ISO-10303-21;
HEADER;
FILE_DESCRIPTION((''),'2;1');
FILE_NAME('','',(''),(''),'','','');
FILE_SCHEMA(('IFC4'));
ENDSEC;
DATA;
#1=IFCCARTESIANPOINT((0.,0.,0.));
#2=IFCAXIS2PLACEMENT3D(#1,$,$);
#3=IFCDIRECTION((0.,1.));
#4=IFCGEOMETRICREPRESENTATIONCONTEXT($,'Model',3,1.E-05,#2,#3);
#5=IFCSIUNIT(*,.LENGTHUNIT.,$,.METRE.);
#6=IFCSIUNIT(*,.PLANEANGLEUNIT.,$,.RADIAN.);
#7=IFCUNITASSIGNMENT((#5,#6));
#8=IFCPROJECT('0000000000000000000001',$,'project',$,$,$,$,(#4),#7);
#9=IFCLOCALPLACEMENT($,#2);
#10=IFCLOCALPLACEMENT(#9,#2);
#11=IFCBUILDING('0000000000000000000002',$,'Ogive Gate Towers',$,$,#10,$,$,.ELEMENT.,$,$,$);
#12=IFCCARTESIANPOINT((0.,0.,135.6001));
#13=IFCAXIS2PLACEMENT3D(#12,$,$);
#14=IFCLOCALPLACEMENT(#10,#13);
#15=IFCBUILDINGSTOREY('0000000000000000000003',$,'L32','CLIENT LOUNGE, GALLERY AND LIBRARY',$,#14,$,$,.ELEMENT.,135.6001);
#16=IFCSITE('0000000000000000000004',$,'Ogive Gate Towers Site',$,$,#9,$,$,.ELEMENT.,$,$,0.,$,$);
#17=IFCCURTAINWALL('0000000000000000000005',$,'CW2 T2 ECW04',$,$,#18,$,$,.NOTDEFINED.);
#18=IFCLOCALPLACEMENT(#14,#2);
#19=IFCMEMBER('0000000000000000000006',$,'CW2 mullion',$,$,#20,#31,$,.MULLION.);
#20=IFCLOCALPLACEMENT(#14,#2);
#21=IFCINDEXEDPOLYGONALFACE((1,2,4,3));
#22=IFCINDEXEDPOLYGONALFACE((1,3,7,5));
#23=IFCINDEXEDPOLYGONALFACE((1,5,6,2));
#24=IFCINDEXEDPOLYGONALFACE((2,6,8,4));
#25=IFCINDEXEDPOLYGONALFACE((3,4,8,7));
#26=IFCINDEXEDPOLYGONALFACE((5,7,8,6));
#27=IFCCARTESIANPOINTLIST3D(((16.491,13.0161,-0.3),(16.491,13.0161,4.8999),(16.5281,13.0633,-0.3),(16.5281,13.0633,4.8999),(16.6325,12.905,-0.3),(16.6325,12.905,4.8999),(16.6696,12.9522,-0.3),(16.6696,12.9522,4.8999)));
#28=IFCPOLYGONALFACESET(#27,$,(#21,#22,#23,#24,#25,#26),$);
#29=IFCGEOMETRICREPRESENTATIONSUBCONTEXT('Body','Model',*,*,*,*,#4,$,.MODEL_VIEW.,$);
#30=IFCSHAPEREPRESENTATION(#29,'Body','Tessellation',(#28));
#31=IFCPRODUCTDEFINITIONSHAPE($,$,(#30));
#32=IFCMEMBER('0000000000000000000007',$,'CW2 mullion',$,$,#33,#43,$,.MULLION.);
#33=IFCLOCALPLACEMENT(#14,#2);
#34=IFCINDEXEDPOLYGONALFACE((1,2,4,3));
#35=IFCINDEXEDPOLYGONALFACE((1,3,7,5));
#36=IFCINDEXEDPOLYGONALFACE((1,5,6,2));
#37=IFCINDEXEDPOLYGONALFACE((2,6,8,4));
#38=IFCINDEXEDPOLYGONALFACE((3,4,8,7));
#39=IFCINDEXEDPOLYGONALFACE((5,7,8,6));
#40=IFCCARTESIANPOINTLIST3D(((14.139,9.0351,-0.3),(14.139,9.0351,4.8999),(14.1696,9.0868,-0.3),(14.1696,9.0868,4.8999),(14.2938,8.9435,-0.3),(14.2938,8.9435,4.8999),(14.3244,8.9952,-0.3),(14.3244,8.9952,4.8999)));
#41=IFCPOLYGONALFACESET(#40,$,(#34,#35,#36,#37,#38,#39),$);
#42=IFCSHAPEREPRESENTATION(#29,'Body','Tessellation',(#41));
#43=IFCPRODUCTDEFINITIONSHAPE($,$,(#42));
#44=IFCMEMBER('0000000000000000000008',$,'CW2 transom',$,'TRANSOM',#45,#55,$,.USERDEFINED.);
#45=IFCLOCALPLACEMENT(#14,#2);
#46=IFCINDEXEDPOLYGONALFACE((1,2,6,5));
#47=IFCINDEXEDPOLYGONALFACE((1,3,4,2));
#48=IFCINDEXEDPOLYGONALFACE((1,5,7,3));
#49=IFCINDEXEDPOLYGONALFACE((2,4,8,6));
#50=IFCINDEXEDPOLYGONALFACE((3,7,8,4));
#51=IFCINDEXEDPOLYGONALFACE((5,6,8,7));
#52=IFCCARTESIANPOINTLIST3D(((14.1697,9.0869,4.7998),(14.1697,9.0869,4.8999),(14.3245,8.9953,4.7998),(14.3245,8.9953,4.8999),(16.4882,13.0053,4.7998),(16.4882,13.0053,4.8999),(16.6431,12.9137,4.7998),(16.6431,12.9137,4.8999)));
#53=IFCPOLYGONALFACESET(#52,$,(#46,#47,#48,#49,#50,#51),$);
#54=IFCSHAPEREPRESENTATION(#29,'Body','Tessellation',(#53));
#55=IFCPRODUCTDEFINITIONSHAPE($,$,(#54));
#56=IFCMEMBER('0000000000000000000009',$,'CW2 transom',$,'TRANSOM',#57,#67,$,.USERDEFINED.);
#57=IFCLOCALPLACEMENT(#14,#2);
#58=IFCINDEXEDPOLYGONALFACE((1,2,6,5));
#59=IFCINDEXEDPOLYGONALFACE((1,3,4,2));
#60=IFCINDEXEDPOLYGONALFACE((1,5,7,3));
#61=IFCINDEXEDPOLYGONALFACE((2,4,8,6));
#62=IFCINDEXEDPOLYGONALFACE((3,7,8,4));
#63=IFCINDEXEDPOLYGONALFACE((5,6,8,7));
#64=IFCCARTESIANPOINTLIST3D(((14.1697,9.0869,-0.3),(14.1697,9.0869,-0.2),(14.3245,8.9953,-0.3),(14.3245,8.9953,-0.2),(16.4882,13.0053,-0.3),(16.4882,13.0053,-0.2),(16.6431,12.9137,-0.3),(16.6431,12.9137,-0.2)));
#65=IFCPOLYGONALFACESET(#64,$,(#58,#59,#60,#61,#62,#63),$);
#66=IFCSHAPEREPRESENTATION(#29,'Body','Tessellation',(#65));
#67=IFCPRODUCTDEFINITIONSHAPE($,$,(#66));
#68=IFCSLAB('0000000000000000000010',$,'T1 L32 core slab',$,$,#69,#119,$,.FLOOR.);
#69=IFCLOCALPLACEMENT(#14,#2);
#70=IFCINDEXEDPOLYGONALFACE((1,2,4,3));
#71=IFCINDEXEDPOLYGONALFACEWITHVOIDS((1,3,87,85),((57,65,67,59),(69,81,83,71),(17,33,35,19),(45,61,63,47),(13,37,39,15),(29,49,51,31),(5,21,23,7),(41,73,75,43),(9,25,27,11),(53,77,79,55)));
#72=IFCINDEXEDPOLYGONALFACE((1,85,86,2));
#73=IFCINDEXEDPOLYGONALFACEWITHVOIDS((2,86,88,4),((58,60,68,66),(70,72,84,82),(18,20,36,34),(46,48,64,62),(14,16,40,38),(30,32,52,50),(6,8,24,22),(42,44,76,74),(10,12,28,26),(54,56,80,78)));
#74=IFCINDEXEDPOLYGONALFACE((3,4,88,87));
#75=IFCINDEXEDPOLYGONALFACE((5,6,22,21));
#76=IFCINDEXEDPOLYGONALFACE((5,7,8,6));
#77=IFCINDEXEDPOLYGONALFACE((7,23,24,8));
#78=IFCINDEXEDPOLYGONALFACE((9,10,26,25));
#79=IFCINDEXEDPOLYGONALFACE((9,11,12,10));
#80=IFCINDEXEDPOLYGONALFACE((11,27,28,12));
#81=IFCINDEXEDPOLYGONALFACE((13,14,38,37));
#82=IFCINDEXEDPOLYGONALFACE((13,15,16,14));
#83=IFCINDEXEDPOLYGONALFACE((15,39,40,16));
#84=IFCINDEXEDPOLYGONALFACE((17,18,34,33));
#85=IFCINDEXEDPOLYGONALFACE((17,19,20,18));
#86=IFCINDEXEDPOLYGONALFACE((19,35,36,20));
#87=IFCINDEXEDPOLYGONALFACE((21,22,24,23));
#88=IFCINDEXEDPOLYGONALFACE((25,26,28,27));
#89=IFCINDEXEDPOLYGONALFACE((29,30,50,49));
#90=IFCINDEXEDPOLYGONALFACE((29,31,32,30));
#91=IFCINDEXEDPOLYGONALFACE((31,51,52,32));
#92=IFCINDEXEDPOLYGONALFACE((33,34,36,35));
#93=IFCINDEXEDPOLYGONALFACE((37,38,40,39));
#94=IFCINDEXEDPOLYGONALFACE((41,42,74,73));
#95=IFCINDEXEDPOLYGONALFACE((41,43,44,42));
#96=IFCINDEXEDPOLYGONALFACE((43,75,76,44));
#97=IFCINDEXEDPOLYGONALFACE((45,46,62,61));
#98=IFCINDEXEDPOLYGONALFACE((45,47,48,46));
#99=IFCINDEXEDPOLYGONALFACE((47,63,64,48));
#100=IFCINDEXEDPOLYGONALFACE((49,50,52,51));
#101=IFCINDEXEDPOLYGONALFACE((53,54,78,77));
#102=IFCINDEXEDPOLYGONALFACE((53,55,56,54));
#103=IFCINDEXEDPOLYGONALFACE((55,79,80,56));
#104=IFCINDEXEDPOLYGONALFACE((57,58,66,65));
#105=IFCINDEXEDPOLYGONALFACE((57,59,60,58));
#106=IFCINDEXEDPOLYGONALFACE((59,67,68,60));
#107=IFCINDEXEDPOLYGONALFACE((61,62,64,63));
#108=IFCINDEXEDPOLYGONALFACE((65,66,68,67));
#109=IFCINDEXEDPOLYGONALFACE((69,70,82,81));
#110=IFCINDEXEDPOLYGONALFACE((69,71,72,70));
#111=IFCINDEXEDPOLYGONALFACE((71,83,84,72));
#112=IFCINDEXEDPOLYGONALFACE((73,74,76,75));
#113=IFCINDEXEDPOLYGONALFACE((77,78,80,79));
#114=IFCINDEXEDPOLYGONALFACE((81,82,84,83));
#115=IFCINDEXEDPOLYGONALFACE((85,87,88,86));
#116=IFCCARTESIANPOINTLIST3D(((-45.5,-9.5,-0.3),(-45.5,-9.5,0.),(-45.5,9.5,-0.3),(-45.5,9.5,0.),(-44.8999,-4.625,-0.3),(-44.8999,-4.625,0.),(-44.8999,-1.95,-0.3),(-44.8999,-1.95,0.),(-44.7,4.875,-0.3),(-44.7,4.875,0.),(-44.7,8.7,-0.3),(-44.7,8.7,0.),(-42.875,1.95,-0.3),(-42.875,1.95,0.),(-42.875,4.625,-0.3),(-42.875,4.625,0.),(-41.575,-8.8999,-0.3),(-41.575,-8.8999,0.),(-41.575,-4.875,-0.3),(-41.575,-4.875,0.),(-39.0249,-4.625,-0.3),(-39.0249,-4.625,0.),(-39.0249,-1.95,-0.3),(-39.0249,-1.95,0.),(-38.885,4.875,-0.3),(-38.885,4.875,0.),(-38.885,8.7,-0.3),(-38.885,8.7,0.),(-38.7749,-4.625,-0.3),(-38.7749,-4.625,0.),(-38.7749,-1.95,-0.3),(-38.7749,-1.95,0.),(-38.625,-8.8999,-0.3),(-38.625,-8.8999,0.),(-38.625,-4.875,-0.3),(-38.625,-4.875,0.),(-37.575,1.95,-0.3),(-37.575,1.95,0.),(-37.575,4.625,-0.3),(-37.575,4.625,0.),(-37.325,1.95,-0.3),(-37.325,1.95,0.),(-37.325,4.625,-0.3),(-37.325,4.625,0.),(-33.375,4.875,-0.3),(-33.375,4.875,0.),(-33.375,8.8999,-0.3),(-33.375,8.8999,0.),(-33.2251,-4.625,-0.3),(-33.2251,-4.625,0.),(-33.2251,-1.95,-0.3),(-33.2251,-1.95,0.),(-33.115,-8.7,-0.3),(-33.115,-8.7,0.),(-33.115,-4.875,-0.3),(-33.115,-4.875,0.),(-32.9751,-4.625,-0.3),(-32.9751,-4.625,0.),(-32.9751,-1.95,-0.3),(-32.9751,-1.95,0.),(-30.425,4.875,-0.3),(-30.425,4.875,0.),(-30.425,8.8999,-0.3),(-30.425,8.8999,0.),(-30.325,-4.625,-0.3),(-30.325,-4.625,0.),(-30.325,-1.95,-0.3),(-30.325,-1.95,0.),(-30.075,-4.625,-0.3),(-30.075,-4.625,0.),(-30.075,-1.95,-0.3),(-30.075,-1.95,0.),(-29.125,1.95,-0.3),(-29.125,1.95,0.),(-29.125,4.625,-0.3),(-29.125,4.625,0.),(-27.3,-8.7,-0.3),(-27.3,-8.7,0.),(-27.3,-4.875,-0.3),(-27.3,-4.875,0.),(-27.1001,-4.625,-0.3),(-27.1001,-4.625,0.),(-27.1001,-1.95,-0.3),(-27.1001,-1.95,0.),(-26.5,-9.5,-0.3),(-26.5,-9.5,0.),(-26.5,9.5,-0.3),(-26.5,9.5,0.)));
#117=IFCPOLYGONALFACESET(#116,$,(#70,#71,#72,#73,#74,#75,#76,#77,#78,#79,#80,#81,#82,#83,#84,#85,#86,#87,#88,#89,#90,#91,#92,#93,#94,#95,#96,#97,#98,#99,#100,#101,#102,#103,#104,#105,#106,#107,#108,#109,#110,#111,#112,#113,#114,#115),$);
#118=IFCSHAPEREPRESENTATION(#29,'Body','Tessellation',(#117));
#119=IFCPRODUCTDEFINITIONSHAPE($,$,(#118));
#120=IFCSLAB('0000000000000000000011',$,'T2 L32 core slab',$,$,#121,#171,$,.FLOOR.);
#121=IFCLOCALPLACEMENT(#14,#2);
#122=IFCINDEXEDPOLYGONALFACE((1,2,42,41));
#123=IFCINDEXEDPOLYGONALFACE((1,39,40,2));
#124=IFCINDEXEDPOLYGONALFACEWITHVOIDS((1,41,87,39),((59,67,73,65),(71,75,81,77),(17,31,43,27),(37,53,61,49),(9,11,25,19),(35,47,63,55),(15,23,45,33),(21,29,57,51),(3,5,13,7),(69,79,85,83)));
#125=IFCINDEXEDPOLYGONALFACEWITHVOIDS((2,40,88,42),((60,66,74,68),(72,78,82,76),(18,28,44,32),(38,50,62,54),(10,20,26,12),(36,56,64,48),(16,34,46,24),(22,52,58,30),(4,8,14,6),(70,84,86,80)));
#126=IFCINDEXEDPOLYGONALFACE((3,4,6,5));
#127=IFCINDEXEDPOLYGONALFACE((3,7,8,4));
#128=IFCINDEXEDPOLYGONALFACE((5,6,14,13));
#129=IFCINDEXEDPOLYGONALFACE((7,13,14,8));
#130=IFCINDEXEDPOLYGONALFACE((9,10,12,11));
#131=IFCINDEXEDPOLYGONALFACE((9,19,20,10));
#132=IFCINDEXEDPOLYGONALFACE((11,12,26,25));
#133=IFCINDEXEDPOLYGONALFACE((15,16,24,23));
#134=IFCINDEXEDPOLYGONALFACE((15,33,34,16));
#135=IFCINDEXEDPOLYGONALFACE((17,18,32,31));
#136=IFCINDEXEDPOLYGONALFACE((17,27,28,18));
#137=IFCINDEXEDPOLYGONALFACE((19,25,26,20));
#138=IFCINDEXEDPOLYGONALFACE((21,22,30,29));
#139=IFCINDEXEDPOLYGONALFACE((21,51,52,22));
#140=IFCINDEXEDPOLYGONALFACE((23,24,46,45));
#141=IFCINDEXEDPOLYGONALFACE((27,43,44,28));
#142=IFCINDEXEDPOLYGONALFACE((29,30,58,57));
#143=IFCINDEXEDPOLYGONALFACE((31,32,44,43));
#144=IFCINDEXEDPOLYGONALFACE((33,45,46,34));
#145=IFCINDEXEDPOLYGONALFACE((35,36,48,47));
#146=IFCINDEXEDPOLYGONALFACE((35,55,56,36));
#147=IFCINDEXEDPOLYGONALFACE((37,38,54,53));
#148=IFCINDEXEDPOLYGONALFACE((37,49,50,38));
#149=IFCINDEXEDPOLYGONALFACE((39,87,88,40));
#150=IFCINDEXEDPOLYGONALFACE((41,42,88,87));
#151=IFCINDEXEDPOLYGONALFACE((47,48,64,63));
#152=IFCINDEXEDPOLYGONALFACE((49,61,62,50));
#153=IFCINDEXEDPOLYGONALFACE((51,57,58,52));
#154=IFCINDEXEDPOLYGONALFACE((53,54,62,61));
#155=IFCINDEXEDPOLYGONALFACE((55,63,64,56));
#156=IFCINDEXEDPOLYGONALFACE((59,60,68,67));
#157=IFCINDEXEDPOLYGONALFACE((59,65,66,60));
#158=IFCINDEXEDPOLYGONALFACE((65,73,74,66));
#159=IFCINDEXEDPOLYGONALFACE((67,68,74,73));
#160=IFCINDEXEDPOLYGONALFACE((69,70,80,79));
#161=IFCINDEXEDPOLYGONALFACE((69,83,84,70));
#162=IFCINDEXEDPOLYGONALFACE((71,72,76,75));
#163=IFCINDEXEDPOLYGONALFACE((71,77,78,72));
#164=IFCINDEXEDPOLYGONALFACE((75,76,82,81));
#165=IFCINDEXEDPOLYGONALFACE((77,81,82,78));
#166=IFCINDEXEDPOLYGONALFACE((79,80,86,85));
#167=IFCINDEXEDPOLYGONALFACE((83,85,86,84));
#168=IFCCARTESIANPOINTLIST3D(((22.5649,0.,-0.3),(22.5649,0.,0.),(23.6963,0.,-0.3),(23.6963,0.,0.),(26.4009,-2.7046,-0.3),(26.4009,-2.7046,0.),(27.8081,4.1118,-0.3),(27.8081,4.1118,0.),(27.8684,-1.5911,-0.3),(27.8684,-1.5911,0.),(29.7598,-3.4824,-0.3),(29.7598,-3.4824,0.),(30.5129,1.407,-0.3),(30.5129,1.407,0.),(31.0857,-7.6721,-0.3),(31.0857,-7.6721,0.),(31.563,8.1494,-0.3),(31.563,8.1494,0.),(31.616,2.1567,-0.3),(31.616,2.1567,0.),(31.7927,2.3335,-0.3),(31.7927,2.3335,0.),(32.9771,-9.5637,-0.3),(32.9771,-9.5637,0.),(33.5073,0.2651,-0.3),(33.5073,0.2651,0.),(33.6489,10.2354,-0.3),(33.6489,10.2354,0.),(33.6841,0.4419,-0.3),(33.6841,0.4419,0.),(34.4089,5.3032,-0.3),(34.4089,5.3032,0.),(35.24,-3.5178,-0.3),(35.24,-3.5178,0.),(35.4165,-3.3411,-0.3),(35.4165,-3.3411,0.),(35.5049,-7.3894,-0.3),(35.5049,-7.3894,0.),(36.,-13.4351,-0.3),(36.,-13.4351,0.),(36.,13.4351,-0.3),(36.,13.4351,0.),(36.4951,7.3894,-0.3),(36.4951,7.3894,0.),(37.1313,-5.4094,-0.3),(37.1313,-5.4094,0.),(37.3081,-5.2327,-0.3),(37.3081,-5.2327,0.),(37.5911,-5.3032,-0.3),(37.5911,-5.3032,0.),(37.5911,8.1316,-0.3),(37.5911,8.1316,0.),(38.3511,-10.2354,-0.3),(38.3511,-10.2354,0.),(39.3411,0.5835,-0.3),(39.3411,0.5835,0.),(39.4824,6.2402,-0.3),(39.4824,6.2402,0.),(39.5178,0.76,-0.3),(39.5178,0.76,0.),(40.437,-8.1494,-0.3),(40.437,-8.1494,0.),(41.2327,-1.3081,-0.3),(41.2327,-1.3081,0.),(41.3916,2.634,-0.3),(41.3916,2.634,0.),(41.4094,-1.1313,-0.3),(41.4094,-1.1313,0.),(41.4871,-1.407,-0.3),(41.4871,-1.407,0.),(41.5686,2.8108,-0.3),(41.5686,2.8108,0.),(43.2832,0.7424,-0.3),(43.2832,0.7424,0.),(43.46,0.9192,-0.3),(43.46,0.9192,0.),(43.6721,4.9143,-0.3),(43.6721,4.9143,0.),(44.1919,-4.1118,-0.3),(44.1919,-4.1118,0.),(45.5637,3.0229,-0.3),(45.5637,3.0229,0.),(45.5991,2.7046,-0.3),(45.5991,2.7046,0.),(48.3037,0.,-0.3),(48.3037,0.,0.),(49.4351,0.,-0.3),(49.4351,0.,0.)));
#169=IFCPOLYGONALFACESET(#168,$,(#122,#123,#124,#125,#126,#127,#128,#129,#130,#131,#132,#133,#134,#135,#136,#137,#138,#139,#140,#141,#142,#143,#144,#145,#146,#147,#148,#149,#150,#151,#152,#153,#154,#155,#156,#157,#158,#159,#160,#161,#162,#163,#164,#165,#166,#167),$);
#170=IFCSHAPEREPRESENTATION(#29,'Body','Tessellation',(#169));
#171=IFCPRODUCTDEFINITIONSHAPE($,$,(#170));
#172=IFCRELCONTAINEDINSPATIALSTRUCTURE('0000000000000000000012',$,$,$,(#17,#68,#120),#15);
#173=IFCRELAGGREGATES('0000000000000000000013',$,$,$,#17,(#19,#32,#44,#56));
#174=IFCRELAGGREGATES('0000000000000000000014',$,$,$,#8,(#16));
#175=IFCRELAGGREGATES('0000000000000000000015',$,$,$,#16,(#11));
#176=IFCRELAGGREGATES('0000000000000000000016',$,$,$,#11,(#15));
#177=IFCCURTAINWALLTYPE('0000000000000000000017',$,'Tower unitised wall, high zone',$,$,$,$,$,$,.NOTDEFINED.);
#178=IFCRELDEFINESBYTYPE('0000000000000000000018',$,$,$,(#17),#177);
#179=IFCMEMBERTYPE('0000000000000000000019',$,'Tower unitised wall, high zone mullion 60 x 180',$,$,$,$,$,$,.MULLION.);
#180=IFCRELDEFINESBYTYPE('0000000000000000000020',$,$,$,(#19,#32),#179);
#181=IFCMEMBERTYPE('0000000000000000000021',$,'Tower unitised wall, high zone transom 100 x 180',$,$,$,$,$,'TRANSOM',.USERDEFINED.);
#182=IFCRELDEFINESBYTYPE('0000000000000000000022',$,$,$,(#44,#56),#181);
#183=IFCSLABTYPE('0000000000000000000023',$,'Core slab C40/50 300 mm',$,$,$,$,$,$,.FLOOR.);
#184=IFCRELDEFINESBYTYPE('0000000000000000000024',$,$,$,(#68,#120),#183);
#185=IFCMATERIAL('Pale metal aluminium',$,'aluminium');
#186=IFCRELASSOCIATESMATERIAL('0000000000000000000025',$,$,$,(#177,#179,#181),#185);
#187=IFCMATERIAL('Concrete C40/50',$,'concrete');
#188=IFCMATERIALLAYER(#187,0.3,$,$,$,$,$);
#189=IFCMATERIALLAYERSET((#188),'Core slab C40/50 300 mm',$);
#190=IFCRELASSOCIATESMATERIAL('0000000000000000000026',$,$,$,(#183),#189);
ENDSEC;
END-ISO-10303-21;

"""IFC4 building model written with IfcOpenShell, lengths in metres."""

from ifc_helpers import new_model, si_unit, direction, frame, origin, origin_2d, place, context, subcontext, project, spatial, polyline, rectangle, outline, extrude, material, layer, layer_set, material_profile, profile_set, type_object, element, aggregate, save


model = new_model("IFC4")

# Units and contexts
model_context = context("Model", 3, precision=1e-05, world=origin(), true_north=direction((0.0, 1.0)))
body_context = subcontext(model_context, "Body", "Model", "MODEL_VIEW")
ifc_project = project(units=[si_unit("LENGTHUNIT", "METRE"), si_unit("PLANEANGLEUNIT", "RADIAN")], contexts=[model_context])

# Site, building, storey
site_placement = place(None, origin())
site = spatial("IfcSite", under=ifc_project, at=site_placement, Name="Ogive Gate Towers Site", CompositionType="ELEMENT", RefElevation=0.0)
building_placement = place(site_placement, origin())
building = spatial("IfcBuilding", under=site, at=building_placement, Name="Ogive Gate Towers", CompositionType="ELEMENT")
storey_placement = place(building_placement, frame((0.0, 0.0, 135.6001)))
storey = spatial("IfcBuildingStorey", under=building, at=storey_placement, Name="L32", Description="CLIENT LOUNGE, GALLERY AND LIBRARY", CompositionType="ELEMENT", Elevation=135.6001)

# Curtain wall, members
ifc_material_1 = material(Name="Pale metal aluminium", Category="aluminium")
curtain_wall_type_1 = type_object("IfcCurtainWallType", Name="Tower unitised wall, high zone", PredefinedType="NOTDEFINED", material=ifc_material_1)
curtain_wall_1_placement = place(storey_placement, origin())
curtain_wall_1 = element("IfcCurtainWall", 1, at=curtain_wall_1_placement, inside=storey, type_object=curtain_wall_type_1, Name="CW2 T2 ECW04", PredefinedType="NOTDEFINED")
ifc_material_profile_1 = material_profile(ifc_material_1, rectangle(XDim=0.1799, YDim=0.0601, at=origin_2d()), Name="60 x 180 aluminium box")
ifc_profile_set_1 = profile_set([ifc_material_profile_1], Name="Pale metal aluminium")
member_type_1 = type_object("IfcMemberType", Name="Tower unitised wall, high zone mullion 60 x 180", PredefinedType="MULLION", material=ifc_profile_set_1)
member_1_placement = place(storey_placement, frame((16.5803, 12.9841, -0.3), z_axis=(0.0, 0.0, 1.0), x_axis=(-0.786504, 0.617585, 0.0)))
member_1 = element("IfcMember", 2, at=member_1_placement, type_object=member_type_1, Name="CW2 mullion", PredefinedType="MULLION", context=body_context, shape_type="SweptSolid", body=[
    extrude(rectangle(XDim=0.1799, YDim=0.0601, at=origin_2d()), origin(), (0.0, 0.0, 1.0), 5.2),
])
member_2_placement = place(storey_placement, frame((14.2317, 9.0151, -0.3), z_axis=(0.0, 0.0, 1.0), x_axis=(-0.860627, 0.509237, 0.0)))
member_2 = element("IfcMember", 3, at=member_2_placement, type_object=member_type_1, Name="CW2 mullion", PredefinedType="MULLION", context=body_context, shape_type="SweptSolid", body=[
    extrude(rectangle(XDim=0.1799, YDim=0.0601, at=origin_2d()), origin(), (0.0, 0.0, 1.0), 5.2),
])
ifc_material_profile_2 = material_profile(ifc_material_1, rectangle(XDim=0.1799, YDim=0.1001, at=origin_2d()), Name="100 x 180 aluminium box")
ifc_profile_set_2 = profile_set([ifc_material_profile_2], Name="Pale metal aluminium")
member_type_2 = type_object("IfcMemberType", Name="Tower unitised wall, high zone transom 100 x 180", ElementType="TRANSOM", PredefinedType="USERDEFINED", material=ifc_profile_set_2)
member_3_placement = place(storey_placement, frame((16.5657, 12.9595, 4.8499), z_axis=(-0.509242, -0.860623, 0.0), x_axis=(0.860623, -0.509242, 0.0)))
member_3 = element("IfcMember", 4, at=member_3_placement, type_object=member_type_2, Name="CW2 transom", ObjectType="TRANSOM", PredefinedType="USERDEFINED", context=body_context, shape_type="SweptSolid", body=[
    extrude(rectangle(XDim=0.1799, YDim=0.1001, at=origin_2d()), origin(), (0.0, 0.0, 1.0), 4.553),
])
member_4_placement = place(storey_placement, frame((16.5657, 12.9595, -0.25), z_axis=(-0.509242, -0.860623, 0.0), x_axis=(0.860623, -0.509242, 0.0)))
member_4 = element("IfcMember", 5, at=member_4_placement, type_object=member_type_2, Name="CW2 transom", ObjectType="TRANSOM", PredefinedType="USERDEFINED", context=body_context, shape_type="SweptSolid", body=[
    extrude(rectangle(XDim=0.1799, YDim=0.1001, at=origin_2d()), origin(), (0.0, 0.0, 1.0), 4.553),
])

# Slabs
ifc_material_2 = material(Name="Concrete C40/50", Category="concrete")
ifc_layer_1 = layer(ifc_material_2, 0.3)
ifc_layer_set_1 = layer_set([ifc_layer_1], Name="Core slab C40/50 300 mm")
slab_type_1 = type_object("IfcSlabType", Name="Core slab C40/50 300 mm", PredefinedType="FLOOR", material=ifc_layer_set_1)
slab_1_placement = place(storey_placement, frame((0.0, 0.0, -0.3)))
element("IfcSlab", 6, at=slab_1_placement, inside=storey, type_object=slab_type_1, Name="T1 L32 core slab", PredefinedType="FLOOR", context=body_context, shape_type="SweptSolid", body=[
    extrude(outline(polyline([(-26.5, 9.5), (-26.5, -9.5), (-45.5, -9.5), (-45.5, 9.5), (-26.5, 9.5)]), holes=[polyline([(-37.575, 4.625), (-42.875, 4.625), (-42.875, 1.95), (-37.575, 1.95), (-37.575, 4.625)]), polyline([(-29.125, 1.95), (-29.125, 4.625), (-37.325, 4.625), (-37.325, 1.95), (-29.125, 1.95)]), polyline([(-44.8999, -4.625), (-39.0249, -4.625), (-39.0249, -1.95), (-44.8999, -1.95), (-44.8999, -4.625)]), polyline([(-38.7749, -1.95), (-38.7749, -4.625), (-33.2251, -4.625), (-33.2251, -1.95), (-38.7749, -1.95)]), polyline([(-30.325, -1.95), (-32.9751, -1.95), (-32.9751, -4.625), (-30.325, -4.625), (-30.325, -1.95)]), polyline([(-27.1001, -4.625), (-27.1001, -1.95), (-30.075, -1.95), (-30.075, -4.625), (-27.1001, -4.625)]), polyline([(-33.375, 4.875), (-30.425, 4.875), (-30.425, 8.8999), (-33.375, 8.8999), (-33.375, 4.875)]), polyline([(-41.575, -4.875), (-41.575, -8.8999), (-38.625, -8.8999), (-38.625, -4.875), (-41.575, -4.875)]), polyline([(-44.7, 4.875), (-38.885, 4.875), (-38.885, 8.7), (-44.7, 8.7), (-44.7, 4.875)]), polyline([(-27.3, -8.7), (-27.3, -4.875), (-33.115, -4.875), (-33.115, -8.7), (-27.3, -8.7)])]), origin(), (0.0, 0.0, 1.0), 0.3),
])
slab_2_placement = place(storey_placement, frame((0.0, 0.0, -0.3)))
element("IfcSlab", 7, at=slab_2_placement, inside=storey, type_object=slab_type_1, Name="T2 L32 core slab", PredefinedType="FLOOR", context=body_context, shape_type="SweptSolid", body=[
    extrude(outline(polyline([(36.0, 13.4351), (49.4351, 0.0), (36.0, -13.4351), (22.5649, 0.0), (36.0, 13.4351)]), holes=[polyline([(31.616, 2.1567), (27.8684, -1.5911), (29.7598, -3.4824), (33.5073, 0.2651), (31.616, 2.1567)]), polyline([(39.4824, 6.2402), (37.5911, 8.1316), (31.7927, 2.3335), (33.6841, 0.4419), (39.4824, 6.2402)]), polyline([(32.9771, -9.5637), (37.1313, -5.4094), (35.24, -3.5178), (31.0857, -7.6721), (32.9771, -9.5637)]), polyline([(35.4165, -3.3411), (37.3081, -5.2327), (41.2327, -1.3081), (39.3411, 0.5835), (35.4165, -3.3411)]), polyline([(41.3916, 2.634), (39.5178, 0.76), (41.4094, -1.1313), (43.2832, 0.7424), (41.3916, 2.634)]), polyline([(45.5637, 3.0229), (43.6721, 4.9143), (41.5686, 2.8108), (43.46, 0.9192), (45.5637, 3.0229)]), polyline([(34.4089, 5.3032), (36.4951, 7.3894), (33.6489, 10.2354), (31.563, 8.1494), (34.4089, 5.3032)]), polyline([(35.5049, -7.3894), (38.3511, -10.2354), (40.437, -8.1494), (37.5911, -5.3032), (35.5049, -7.3894)]), polyline([(26.4009, -2.7046), (30.5129, 1.407), (27.8081, 4.1118), (23.6963, 0.0), (26.4009, -2.7046)]), polyline([(48.3037, 0.0), (45.5991, 2.7046), (41.4871, -1.407), (44.1919, -4.1118), (48.3037, 0.0)])]), origin(), (0.0, 0.0, 1.0), 0.3),
])

aggregate(curtain_wall_1, [member_1, member_2, member_3, member_4])

save(model, "model.ifc")
